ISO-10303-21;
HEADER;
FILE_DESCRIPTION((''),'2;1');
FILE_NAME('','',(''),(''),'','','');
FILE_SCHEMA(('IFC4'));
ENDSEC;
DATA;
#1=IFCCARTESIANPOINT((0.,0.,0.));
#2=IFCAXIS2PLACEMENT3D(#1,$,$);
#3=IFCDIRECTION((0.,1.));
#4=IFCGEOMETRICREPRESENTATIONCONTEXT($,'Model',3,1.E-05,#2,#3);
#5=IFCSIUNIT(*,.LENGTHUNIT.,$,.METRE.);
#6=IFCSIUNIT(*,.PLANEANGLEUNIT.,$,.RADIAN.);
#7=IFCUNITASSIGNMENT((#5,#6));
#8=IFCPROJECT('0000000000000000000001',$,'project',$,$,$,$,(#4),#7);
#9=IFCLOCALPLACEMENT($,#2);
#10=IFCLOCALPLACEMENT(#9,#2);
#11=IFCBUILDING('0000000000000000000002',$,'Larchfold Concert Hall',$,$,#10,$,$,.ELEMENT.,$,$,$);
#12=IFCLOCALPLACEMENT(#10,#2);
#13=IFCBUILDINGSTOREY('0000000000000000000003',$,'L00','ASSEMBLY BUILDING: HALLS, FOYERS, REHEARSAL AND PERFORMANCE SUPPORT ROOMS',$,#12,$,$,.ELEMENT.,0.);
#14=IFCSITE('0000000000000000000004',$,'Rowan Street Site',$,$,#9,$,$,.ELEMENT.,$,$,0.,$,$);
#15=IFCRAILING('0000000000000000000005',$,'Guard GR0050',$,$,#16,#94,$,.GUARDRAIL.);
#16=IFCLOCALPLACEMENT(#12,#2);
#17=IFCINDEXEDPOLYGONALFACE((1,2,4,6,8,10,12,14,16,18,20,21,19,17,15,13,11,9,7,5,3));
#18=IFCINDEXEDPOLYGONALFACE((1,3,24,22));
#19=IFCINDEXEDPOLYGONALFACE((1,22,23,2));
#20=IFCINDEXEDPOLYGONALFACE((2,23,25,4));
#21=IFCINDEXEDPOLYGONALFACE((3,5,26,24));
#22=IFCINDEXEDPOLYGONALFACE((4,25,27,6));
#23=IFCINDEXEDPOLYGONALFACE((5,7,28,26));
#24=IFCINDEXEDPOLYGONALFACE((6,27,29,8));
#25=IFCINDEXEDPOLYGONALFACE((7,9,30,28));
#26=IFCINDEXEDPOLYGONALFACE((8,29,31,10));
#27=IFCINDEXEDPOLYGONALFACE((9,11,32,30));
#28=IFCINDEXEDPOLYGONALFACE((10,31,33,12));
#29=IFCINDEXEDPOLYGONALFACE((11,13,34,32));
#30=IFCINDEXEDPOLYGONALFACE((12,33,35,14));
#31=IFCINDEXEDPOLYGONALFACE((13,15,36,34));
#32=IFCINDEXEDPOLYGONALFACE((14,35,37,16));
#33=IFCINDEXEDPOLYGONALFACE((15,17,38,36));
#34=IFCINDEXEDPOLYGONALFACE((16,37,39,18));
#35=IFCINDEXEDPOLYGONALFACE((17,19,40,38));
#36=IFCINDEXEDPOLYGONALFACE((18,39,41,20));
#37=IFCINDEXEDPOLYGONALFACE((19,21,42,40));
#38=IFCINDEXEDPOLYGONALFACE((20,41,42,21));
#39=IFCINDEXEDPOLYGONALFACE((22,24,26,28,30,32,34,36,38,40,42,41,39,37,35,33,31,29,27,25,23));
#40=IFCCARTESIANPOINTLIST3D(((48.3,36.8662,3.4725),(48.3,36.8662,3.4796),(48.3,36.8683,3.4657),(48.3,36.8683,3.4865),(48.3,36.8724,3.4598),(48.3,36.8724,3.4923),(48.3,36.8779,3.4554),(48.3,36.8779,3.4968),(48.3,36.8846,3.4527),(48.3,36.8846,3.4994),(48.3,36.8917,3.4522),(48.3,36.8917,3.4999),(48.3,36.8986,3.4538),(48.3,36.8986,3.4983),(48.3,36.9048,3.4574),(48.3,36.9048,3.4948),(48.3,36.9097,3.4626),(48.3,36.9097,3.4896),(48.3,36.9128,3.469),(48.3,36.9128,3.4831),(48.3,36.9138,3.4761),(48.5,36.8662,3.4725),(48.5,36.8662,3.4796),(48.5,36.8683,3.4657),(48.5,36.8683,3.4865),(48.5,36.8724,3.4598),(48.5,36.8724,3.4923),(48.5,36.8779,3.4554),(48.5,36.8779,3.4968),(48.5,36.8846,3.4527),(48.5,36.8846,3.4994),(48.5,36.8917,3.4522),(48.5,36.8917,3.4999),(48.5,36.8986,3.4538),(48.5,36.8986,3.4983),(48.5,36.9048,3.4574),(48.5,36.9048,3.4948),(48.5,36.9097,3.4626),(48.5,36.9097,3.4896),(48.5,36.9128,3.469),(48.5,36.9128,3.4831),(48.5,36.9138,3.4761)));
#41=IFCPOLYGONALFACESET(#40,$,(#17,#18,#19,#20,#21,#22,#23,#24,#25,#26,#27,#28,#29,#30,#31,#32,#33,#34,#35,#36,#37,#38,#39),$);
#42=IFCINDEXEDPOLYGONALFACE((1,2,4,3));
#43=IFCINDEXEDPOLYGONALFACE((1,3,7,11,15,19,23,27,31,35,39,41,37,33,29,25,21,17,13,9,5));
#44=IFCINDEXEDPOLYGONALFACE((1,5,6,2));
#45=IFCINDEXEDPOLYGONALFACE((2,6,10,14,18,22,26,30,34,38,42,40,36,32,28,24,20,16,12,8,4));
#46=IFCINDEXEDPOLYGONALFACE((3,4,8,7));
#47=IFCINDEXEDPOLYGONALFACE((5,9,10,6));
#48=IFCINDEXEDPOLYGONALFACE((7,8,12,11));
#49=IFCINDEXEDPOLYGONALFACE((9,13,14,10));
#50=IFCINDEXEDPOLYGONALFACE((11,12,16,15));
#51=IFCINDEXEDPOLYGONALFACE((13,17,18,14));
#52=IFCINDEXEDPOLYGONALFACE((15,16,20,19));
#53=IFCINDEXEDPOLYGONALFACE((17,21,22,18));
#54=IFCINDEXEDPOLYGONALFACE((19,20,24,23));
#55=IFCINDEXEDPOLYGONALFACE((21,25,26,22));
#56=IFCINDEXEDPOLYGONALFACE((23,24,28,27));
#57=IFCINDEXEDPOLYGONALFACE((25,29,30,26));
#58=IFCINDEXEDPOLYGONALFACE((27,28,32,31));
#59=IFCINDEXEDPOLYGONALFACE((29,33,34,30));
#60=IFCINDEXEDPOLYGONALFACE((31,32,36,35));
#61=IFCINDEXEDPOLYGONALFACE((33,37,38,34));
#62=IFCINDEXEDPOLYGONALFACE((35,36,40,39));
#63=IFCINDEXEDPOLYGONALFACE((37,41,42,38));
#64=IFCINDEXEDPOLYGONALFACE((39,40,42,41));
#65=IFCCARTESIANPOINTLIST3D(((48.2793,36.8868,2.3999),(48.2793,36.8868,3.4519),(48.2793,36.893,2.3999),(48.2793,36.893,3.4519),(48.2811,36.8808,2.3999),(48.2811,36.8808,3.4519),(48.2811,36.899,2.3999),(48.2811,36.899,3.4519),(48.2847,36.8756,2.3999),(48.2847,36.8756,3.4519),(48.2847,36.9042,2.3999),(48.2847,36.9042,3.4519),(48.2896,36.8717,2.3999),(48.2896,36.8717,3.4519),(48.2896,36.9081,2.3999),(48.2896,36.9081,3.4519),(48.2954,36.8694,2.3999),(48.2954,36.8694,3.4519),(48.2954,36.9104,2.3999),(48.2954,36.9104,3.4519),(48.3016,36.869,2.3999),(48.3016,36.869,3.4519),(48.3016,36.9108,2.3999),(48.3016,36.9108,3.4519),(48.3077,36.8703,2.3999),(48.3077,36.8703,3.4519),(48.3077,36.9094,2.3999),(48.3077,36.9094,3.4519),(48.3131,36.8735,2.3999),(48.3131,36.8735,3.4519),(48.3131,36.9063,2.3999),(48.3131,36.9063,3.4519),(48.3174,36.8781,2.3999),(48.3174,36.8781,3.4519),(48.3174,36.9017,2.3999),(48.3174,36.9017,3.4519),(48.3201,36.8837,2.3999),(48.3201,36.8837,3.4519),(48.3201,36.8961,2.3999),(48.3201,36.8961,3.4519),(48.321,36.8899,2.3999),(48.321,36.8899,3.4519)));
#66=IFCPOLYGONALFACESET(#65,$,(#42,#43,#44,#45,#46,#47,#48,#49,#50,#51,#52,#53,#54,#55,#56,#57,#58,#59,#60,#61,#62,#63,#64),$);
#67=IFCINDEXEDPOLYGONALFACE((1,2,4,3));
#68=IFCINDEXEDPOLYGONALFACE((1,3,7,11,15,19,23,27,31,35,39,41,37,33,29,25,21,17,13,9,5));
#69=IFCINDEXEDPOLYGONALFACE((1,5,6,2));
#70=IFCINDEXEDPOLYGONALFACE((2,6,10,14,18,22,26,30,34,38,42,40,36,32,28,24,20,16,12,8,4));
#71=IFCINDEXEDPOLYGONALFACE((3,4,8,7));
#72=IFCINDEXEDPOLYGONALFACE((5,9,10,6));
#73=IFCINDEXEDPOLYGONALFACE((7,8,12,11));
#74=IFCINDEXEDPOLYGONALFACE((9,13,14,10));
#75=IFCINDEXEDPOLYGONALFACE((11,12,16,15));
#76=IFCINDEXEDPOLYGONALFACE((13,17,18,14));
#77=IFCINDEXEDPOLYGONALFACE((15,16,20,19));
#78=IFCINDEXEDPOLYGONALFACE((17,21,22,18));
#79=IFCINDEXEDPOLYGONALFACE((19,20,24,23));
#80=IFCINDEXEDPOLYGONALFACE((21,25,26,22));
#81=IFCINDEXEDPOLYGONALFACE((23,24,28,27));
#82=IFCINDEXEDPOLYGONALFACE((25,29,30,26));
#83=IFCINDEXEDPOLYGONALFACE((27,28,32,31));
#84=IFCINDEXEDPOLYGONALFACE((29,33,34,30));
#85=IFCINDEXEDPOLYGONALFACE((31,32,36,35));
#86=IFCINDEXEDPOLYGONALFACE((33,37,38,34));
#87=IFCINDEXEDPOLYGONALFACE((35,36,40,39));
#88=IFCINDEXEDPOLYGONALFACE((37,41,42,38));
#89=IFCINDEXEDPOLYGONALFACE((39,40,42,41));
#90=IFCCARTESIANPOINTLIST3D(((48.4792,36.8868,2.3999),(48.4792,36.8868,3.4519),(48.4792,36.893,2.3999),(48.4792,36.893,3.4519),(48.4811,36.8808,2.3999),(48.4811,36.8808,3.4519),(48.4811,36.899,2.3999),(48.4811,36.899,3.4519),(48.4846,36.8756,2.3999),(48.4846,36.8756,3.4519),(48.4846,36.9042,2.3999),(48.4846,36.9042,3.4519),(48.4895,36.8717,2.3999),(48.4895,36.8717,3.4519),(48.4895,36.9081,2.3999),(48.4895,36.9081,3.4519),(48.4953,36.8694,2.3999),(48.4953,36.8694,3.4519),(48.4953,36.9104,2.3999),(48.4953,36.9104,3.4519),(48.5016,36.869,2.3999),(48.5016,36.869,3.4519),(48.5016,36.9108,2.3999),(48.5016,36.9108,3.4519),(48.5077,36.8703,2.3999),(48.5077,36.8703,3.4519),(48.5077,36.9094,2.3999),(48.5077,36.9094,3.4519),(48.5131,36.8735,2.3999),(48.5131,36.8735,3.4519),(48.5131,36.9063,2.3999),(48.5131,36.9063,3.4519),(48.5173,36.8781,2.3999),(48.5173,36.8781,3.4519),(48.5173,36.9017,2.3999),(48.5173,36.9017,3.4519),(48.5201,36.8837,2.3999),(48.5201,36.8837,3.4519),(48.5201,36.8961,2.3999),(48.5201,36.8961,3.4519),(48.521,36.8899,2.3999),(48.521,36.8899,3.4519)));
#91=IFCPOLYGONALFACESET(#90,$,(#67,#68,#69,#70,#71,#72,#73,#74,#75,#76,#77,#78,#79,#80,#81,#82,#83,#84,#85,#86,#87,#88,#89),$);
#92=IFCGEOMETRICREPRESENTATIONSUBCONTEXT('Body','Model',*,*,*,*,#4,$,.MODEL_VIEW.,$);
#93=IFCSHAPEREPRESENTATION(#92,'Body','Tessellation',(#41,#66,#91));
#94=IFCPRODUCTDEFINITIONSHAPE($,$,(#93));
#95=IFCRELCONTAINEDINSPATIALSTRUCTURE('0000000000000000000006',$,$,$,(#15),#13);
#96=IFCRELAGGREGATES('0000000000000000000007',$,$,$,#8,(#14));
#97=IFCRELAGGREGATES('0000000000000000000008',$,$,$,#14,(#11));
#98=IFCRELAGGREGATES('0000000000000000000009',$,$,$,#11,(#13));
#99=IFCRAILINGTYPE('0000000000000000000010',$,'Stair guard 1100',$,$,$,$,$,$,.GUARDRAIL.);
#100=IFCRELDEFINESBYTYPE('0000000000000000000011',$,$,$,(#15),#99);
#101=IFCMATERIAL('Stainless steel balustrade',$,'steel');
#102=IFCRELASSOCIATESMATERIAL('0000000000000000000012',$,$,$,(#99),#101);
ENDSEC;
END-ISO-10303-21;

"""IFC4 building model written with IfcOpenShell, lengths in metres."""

from ifc_helpers import new_model, si_unit, direction, frame, origin, origin_2d, place, context, subcontext, project, spatial, circle, extrude, material, type_object, element, save


model = new_model("IFC4")

# Units and contexts
model_context = context("Model", 3, precision=1e-05, world=origin(), true_north=direction((0.0, 1.0)))
body_context = subcontext(model_context, "Body", "Model", "MODEL_VIEW")
ifc_project = project(units=[si_unit("LENGTHUNIT", "METRE"), si_unit("PLANEANGLEUNIT", "RADIAN")], contexts=[model_context])

# Site, building, storey
site_placement = place(None, origin())
site = spatial("IfcSite", under=ifc_project, at=site_placement, Name="Rowan Street Site", CompositionType="ELEMENT", RefElevation=0.0)
building_placement = place(site_placement, origin())
building = spatial("IfcBuilding", under=site, at=building_placement, Name="Larchfold Concert Hall", CompositionType="ELEMENT")
storey_placement = place(building_placement, origin())
storey = spatial("IfcBuildingStorey", under=building, at=storey_placement, Name="L00", Description="ASSEMBLY BUILDING: HALLS, FOYERS, REHEARSAL AND PERFORMANCE SUPPORT ROOMS", CompositionType="ELEMENT", Elevation=0.0)

# Railing
ifc_material_1 = material(Name="Stainless steel balustrade", Category="steel")
railing_type_1 = type_object("IfcRailingType", Name="Stair guard 1100", PredefinedType="GUARDRAIL", material=ifc_material_1)
railing_1_placement = place(storey_placement, frame((48.3, 36.8899, 2.3999)))
element("IfcRailing", 1, at=railing_1_placement, inside=storey, type_object=railing_type_1, Name="Guard GR0050", PredefinedType="GUARDRAIL", context=body_context, shape_type="SweptSolid", body=[
    extrude(circle(Radius=0.0239, at=origin_2d()), frame((0.0, 0.0, 1.0762), z_axis=(1.0, 0.0, 0.0), x_axis=(0.0, 1.0, 0.0)), (0.0, 0.0, 1.0), 0.2),
    extrude(circle(Radius=0.021, at=origin_2d()), origin(), (0.0, 0.0, 1.0), 1.052),
    extrude(circle(Radius=0.021, at=origin_2d()), frame((0.2, 0.0, 0.0)), (0.0, 0.0, 1.0), 1.052),
])

save(model, "model.ifc")
